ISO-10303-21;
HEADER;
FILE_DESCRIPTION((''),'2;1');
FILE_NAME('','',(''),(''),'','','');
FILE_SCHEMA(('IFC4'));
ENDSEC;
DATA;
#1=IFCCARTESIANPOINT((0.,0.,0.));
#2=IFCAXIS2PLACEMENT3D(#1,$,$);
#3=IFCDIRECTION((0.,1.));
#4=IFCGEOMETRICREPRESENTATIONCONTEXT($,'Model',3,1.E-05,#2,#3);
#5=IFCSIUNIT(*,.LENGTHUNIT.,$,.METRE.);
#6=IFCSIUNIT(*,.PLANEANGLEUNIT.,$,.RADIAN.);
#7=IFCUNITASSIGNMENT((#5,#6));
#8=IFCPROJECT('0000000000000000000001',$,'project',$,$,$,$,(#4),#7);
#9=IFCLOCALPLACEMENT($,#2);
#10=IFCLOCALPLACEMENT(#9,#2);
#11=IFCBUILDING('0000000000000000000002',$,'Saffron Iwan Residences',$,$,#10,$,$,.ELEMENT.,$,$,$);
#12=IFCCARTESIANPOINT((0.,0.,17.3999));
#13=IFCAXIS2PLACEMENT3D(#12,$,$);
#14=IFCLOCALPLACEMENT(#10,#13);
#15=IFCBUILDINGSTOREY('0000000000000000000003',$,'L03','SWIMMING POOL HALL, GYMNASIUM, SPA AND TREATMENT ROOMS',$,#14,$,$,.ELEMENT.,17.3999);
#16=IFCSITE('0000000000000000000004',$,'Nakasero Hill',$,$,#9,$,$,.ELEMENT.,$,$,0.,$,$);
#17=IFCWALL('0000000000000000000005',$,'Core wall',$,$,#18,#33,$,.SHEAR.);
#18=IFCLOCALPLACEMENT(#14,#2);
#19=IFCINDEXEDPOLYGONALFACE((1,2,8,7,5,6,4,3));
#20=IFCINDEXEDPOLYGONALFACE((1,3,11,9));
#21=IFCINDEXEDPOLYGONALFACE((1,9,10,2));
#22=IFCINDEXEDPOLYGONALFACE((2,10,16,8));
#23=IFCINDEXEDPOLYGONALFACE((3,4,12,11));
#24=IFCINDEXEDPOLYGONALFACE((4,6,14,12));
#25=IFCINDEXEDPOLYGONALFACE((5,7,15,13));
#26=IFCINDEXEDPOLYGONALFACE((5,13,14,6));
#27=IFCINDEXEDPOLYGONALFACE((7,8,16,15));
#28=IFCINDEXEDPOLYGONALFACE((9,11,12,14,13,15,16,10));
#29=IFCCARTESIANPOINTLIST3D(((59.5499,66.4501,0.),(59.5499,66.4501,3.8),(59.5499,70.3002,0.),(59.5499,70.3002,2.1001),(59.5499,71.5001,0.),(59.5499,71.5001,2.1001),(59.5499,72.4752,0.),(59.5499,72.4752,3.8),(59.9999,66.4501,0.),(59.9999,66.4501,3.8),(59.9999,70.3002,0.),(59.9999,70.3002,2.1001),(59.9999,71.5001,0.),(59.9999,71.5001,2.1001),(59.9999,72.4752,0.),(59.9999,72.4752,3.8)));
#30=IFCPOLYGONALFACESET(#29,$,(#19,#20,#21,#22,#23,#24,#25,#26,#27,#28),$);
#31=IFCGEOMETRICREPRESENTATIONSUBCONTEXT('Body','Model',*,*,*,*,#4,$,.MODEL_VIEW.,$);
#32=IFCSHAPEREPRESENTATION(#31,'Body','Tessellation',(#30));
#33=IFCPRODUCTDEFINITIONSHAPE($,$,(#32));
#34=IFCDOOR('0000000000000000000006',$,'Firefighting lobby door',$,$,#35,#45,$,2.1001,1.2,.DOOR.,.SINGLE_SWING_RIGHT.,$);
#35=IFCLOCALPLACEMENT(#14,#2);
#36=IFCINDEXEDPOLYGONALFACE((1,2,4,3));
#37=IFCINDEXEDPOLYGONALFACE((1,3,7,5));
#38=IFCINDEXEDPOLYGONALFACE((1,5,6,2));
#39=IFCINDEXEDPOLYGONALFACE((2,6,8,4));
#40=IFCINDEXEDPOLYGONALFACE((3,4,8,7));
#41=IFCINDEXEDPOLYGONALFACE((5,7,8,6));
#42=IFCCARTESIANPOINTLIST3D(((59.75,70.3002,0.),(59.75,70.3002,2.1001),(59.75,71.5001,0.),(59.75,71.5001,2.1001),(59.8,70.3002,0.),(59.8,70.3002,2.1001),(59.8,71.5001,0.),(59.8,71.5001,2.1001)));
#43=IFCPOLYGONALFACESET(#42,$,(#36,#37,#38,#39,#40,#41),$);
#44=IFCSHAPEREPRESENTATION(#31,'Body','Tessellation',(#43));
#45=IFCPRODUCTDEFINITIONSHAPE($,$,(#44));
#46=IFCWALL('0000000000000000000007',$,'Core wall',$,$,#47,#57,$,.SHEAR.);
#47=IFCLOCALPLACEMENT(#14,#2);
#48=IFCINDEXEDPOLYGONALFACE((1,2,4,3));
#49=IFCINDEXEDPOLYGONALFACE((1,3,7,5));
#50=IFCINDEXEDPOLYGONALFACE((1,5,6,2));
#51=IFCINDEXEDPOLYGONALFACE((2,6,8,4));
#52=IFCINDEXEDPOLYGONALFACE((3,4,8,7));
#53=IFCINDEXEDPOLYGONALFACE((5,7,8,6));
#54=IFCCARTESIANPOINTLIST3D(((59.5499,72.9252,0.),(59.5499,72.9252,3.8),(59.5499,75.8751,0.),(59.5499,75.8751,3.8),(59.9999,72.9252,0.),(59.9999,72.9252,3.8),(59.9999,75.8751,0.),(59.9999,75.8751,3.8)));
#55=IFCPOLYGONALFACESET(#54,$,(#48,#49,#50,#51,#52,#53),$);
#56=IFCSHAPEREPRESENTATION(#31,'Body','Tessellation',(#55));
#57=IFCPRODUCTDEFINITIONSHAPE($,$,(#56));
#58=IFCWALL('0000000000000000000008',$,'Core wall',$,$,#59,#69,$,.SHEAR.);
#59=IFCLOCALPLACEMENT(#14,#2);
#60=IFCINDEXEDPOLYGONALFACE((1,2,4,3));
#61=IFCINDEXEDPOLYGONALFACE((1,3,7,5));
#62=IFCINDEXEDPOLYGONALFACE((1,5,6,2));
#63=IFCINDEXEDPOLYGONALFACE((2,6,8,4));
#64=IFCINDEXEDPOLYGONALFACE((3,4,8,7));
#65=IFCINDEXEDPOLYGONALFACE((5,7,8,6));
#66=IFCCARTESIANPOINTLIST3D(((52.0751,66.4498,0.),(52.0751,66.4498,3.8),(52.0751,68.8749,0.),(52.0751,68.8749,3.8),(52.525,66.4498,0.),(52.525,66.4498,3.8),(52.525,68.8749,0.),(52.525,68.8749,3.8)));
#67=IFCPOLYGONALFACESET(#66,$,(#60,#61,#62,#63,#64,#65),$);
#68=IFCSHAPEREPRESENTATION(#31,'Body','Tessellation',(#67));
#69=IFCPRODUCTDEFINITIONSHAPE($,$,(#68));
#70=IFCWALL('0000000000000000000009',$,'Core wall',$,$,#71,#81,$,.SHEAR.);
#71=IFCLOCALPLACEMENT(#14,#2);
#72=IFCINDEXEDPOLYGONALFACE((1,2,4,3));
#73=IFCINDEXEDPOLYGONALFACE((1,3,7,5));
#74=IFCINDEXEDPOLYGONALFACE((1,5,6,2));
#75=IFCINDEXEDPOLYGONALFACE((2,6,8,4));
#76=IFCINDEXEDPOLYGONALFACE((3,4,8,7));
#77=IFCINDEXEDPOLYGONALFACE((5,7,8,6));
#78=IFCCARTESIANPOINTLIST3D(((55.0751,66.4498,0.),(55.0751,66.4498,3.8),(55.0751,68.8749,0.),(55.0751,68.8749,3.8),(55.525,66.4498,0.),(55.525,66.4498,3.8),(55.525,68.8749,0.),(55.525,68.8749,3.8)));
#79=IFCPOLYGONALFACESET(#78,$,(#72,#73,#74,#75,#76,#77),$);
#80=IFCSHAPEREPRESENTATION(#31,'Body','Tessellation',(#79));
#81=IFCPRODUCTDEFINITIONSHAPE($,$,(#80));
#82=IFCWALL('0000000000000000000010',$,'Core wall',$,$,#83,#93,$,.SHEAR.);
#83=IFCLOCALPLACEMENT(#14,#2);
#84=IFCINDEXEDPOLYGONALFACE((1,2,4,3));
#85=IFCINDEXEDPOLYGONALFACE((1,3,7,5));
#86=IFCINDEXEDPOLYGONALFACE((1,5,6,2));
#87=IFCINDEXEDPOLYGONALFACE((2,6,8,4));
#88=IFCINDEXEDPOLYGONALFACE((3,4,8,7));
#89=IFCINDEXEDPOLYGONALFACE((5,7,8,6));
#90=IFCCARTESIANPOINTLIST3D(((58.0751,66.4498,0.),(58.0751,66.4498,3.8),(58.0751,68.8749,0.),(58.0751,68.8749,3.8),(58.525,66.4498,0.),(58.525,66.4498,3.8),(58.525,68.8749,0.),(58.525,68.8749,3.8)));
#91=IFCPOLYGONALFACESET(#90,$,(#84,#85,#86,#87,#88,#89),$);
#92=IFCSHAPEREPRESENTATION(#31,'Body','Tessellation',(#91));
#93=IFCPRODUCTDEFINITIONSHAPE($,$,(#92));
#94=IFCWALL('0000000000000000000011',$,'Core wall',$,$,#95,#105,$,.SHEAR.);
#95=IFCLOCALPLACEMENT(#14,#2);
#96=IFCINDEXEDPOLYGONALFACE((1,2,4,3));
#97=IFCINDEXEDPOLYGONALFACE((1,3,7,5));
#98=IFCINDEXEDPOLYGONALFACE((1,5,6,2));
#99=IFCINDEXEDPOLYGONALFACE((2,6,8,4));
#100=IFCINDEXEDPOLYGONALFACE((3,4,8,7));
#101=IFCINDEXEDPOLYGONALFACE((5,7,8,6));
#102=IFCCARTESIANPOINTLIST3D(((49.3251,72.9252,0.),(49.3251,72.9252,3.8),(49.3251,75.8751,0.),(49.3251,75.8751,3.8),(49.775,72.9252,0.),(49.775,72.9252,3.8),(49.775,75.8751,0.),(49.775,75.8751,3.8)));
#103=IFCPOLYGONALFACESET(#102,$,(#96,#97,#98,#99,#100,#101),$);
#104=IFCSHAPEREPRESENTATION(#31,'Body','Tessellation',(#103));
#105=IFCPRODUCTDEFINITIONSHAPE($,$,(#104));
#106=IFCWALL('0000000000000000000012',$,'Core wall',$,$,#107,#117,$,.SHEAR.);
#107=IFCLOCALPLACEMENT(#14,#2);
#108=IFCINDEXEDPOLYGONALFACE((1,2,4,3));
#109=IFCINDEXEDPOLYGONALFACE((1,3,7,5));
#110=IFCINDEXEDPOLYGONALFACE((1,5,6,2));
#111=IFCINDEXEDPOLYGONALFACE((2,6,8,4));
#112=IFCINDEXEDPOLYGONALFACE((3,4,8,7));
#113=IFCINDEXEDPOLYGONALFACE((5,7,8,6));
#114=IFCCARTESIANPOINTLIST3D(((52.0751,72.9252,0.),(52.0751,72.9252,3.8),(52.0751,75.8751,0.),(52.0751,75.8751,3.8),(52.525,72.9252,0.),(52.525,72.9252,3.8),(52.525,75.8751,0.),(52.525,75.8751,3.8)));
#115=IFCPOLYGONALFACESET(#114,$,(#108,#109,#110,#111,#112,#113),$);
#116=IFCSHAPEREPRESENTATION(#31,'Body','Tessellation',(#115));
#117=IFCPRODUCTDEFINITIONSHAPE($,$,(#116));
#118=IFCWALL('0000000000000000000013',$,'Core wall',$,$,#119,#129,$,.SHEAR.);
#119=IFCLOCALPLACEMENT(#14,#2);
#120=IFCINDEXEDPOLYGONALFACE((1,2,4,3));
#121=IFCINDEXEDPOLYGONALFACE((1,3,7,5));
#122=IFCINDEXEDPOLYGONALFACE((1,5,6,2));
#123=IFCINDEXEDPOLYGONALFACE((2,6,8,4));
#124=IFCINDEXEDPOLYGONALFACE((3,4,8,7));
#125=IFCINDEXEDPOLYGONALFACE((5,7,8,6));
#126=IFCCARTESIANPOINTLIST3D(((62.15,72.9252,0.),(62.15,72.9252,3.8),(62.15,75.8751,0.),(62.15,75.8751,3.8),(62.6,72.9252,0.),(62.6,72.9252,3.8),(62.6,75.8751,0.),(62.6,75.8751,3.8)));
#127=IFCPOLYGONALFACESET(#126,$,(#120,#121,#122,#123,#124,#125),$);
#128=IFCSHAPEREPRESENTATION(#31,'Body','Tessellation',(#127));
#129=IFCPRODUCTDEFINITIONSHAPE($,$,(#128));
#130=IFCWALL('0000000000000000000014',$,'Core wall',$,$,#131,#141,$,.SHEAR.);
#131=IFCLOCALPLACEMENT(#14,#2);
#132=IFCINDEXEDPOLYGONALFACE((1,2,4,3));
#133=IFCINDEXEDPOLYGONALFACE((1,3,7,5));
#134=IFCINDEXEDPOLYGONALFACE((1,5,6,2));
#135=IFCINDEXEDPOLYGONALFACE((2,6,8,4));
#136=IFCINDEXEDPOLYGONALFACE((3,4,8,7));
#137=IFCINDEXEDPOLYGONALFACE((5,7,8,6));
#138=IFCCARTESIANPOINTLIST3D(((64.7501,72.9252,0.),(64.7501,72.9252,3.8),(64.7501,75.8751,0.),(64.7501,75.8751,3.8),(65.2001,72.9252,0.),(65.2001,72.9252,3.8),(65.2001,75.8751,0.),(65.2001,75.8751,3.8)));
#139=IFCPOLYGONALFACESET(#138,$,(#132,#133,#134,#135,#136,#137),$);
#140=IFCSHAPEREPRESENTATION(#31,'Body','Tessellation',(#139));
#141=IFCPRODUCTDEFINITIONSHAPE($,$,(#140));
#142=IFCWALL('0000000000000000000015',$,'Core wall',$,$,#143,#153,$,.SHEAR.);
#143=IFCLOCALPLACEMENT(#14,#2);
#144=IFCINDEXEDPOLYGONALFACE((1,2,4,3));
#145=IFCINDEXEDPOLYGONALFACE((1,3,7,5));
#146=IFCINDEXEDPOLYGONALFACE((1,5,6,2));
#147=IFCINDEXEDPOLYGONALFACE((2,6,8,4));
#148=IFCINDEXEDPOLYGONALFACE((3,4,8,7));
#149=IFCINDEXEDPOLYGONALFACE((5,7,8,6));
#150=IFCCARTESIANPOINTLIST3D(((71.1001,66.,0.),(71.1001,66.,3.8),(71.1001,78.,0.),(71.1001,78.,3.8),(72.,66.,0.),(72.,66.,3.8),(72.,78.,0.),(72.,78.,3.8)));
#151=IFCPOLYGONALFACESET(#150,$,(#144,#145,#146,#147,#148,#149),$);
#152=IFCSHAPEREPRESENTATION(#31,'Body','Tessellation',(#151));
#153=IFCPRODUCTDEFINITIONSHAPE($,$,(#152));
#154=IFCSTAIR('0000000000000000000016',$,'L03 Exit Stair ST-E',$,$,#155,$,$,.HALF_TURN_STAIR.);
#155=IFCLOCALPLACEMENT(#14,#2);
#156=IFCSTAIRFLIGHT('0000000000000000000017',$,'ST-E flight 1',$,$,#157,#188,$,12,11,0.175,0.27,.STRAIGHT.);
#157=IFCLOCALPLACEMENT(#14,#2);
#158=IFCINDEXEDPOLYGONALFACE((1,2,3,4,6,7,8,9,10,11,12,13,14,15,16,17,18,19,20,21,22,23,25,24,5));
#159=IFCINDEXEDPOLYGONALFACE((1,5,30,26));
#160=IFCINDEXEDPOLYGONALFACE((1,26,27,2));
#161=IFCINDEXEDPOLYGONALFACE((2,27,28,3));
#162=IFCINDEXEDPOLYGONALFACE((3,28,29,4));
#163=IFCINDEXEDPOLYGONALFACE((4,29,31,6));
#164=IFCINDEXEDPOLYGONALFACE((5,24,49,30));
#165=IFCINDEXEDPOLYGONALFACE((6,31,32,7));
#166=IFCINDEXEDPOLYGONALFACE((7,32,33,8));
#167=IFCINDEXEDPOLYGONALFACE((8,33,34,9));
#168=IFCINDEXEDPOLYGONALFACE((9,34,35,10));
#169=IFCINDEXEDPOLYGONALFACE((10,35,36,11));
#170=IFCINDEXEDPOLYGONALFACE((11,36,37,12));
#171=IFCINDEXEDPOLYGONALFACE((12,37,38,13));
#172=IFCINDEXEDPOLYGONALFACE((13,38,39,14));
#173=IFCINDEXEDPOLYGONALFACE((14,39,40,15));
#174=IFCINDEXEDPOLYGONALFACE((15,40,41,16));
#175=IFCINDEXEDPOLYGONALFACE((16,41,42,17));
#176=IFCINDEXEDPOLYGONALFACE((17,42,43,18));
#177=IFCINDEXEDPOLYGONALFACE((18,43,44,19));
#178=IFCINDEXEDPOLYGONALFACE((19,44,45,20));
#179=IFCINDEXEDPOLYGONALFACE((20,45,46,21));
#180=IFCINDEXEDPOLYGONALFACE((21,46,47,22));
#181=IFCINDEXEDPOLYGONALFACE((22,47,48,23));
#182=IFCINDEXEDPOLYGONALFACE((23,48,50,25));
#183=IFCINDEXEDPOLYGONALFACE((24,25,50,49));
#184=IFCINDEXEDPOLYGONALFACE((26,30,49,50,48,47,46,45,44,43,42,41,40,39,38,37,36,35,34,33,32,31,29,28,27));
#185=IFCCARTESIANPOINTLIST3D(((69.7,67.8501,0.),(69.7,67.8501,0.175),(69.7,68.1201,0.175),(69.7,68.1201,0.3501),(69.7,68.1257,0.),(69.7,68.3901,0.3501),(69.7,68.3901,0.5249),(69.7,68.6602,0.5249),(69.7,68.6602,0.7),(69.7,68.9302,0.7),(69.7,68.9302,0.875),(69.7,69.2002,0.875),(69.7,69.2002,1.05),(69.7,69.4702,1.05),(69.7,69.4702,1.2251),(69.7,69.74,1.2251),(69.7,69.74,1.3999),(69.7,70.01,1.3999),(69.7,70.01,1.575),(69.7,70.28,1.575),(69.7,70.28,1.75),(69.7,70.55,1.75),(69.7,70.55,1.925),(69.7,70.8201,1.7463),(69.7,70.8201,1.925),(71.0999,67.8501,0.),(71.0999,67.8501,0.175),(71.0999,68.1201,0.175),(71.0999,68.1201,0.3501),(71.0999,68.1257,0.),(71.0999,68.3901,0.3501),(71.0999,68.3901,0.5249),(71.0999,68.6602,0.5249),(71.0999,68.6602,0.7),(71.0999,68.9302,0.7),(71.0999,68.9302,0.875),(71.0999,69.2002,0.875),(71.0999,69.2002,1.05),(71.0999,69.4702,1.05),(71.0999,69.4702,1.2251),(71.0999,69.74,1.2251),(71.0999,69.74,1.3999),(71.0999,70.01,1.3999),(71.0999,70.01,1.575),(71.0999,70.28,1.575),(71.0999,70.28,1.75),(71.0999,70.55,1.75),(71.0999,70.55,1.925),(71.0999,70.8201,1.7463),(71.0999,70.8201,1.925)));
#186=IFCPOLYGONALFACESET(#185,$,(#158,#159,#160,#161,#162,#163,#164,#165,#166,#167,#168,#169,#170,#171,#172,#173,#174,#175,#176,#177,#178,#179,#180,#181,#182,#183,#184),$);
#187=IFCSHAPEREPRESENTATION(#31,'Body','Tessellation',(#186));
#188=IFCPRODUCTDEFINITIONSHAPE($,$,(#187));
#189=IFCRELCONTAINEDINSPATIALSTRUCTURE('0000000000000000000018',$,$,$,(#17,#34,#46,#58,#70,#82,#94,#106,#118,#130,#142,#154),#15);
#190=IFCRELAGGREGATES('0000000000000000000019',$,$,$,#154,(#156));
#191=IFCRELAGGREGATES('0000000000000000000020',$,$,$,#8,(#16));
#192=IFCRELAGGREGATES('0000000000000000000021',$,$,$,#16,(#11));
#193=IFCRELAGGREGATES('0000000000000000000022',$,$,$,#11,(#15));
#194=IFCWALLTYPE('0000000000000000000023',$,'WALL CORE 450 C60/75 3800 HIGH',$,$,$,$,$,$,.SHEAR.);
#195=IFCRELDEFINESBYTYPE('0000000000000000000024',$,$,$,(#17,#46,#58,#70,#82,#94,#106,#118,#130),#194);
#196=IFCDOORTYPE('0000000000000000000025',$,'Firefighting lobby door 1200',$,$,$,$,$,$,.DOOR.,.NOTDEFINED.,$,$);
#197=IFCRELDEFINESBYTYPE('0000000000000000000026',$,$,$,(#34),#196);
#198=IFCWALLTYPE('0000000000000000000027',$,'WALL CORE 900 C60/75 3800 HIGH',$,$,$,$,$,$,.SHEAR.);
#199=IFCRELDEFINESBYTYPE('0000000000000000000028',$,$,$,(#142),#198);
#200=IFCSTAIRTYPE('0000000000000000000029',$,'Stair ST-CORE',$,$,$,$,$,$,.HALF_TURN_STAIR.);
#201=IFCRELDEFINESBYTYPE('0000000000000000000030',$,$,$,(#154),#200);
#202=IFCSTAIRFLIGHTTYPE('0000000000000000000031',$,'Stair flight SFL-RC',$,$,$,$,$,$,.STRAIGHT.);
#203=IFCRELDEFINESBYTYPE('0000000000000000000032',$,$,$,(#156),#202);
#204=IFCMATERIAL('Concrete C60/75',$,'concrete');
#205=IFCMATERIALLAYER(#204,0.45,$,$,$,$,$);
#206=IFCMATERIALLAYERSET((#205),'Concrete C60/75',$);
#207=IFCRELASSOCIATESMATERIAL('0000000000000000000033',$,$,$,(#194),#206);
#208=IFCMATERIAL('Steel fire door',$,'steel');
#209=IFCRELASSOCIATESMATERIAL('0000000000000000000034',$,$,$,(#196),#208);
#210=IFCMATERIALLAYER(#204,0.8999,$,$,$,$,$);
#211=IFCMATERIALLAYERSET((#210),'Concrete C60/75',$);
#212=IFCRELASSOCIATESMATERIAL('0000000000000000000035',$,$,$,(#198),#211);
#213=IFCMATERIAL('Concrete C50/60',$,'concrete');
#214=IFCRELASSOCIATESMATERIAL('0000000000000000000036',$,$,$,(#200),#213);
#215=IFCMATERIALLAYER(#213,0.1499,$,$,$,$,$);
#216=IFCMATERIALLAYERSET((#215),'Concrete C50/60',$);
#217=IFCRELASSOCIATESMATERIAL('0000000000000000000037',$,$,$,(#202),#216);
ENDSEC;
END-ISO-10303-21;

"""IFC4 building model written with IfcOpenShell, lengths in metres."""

from ifc_helpers import new_model, si_unit, direction, frame, frame_2d, origin, place, context, subcontext, project, spatial, polyline, rectangle, outline, extrude, material, layer, layer_set, type_object, element, fill, aggregate, save


model = new_model("IFC4")

# Units and contexts
model_context = context("Model", 3, precision=1e-05, world=origin(), true_north=direction((0.0, 1.0)))
body_context = subcontext(model_context, "Body", "Model", "MODEL_VIEW")
ifc_project = project(units=[si_unit("LENGTHUNIT", "METRE"), si_unit("PLANEANGLEUNIT", "RADIAN")], contexts=[model_context])

# Site, building, storey
site_placement = place(None, origin())
site = spatial("IfcSite", under=ifc_project, at=site_placement, Name="Nakasero Hill", CompositionType="ELEMENT", RefElevation=0.0)
building_placement = place(site_placement, origin())
building = spatial("IfcBuilding", under=site, at=building_placement, Name="Saffron Iwan Residences", CompositionType="ELEMENT")
storey_placement = place(building_placement, frame((0.0, 0.0, 17.3999)))
storey = spatial("IfcBuildingStorey", under=building, at=storey_placement, Name="L03", Description="SWIMMING POOL HALL, GYMNASIUM, SPA AND TREATMENT ROOMS", CompositionType="ELEMENT", Elevation=17.3999)

# Shared definitions
ifc_material_1 = material(Name="Concrete C50/60", Category="concrete")

# Wall, opening, door
ifc_material_2 = material(Name="Concrete C60/75", Category="concrete")
ifc_layer_1 = layer(ifc_material_2, 0.45)
ifc_layer_set_1 = layer_set([ifc_layer_1], Name="Concrete C60/75")
wall_type_1 = type_object("IfcWallType", Name="WALL CORE 450 C60/75 3800 HIGH", PredefinedType="SHEAR", material=ifc_layer_set_1)
ifc_material_3 = material(Name="Steel fire door", Category="steel")
wall_1_placement = place(storey_placement, frame((59.7749, 66.45, 0.0), z_axis=(0.0, 0.0, 1.0), x_axis=(0.0, 1.0, 0.0)))
wall_1 = element("IfcWall", 1, at=wall_1_placement, inside=storey, type_object=wall_type_1, Name="Core wall", PredefinedType="SHEAR", context=body_context, shape_type="SweptSolid", body=[
    extrude(rectangle(XDim=6.0251, YDim=0.45, at=frame_2d((3.0127, 0.0))), origin(), (0.0, 0.0, 1.0), 3.8),
])
opening_1_placement = place(wall_1_placement, frame((3.8501, 0.0, 0.0)))
opening_1 = element("IfcOpeningElement", 2, at=opening_1_placement, cuts=wall_1, PredefinedType="OPENING", context=body_context, shape_type="SweptSolid", body=[
    extrude(rectangle(XDim=1.2, YDim=2.1001, at=frame_2d((0.6001, 1.05))), frame((0.0, 0.2349, 0.0), z_axis=(0.0, -1.0, 0.0), x_axis=(1.0, 0.0, 0.0)), (0.0, 0.0, 1.0), 0.47),
])
door_type_1 = type_object("IfcDoorType", Name="Firefighting lobby door 1200", OperationType="NOTDEFINED", PredefinedType="DOOR", material=ifc_material_3)
door_1_placement = place(opening_1_placement, origin())
door_1 = element("IfcDoor", 3, at=door_1_placement, inside=storey, type_object=door_type_1, Name="Firefighting lobby door", OperationType="SINGLE_SWING_RIGHT", OverallHeight=2.1001, OverallWidth=1.2, PredefinedType="DOOR", context=body_context, shape_type="SweptSolid", body=[
    extrude(rectangle(XDim=1.2, YDim=2.1001, at=frame_2d((0.6001, 1.05))), frame((0.0, 0.0249, 0.0), z_axis=(0.0, -1.0, 0.0), x_axis=(1.0, 0.0, 0.0)), (0.0, 0.0, 1.0), 0.05),
])
fill(opening_1, door_1)

# Walls
wall_2_placement = place(storey_placement, frame((59.7749, 72.925, 0.0), z_axis=(0.0, 0.0, 1.0), x_axis=(0.0, 1.0, 0.0)))
element("IfcWall", 4, at=wall_2_placement, inside=storey, type_object=wall_type_1, Name="Core wall", PredefinedType="SHEAR", context=body_context, shape_type="SweptSolid", body=[
    extrude(rectangle(XDim=2.95, YDim=0.45, at=frame_2d((1.4751, 0.0))), origin(), (0.0, 0.0, 1.0), 3.8),
])
for number, where, z_axis, x_axis, name in (
    (5, (52.3, 66.45, 0.0), (0.0, 0.0, 1.0), (0.0, 1.0, 0.0), "Core wall"),
    (6, (55.3, 66.45, 0.0), (0.0, 0.0, 1.0), (0.0, 1.0, 0.0), "Core wall"),
    (7, (58.3, 66.45, 0.0), (0.0, 0.0, 1.0), (0.0, 1.0, 0.0), "Core wall"),
):
    element("IfcWall", number, at=place(storey_placement, frame(where, z_axis=z_axis, x_axis=x_axis)), inside=storey, type_object=wall_type_1, Name=name, PredefinedType="SHEAR", context=body_context, shape_type="SweptSolid", body=[
        extrude(rectangle(XDim=2.425, YDim=0.45, at=frame_2d((1.2124, 0.0))), origin(), (0.0, 0.0, 1.0), 3.8),
    ])
for number, where, z_axis, x_axis, name in (
    (8, (49.55, 72.925, 0.0), (0.0, 0.0, 1.0), (0.0, 1.0, 0.0), "Core wall"),
    (9, (52.3, 72.925, 0.0), (0.0, 0.0, 1.0), (0.0, 1.0, 0.0), "Core wall"),
    (10, (62.375, 72.925, 0.0), (0.0, 0.0, 1.0), (0.0, 1.0, 0.0), "Core wall"),
    (11, (64.9751, 72.925, 0.0), (0.0, 0.0, 1.0), (0.0, 1.0, 0.0), "Core wall"),
):
    element("IfcWall", number, at=place(storey_placement, frame(where, z_axis=z_axis, x_axis=x_axis)), inside=storey, type_object=wall_type_1, Name=name, PredefinedType="SHEAR", context=body_context, shape_type="SweptSolid", body=[
        extrude(rectangle(XDim=2.95, YDim=0.45, at=frame_2d((1.4751, 0.0))), origin(), (0.0, 0.0, 1.0), 3.8),
    ])
ifc_layer_2 = layer(ifc_material_2, 0.8999)
ifc_layer_set_2 = layer_set([ifc_layer_2], Name="Concrete C60/75")
wall_type_2 = type_object("IfcWallType", Name="WALL CORE 900 C60/75 3800 HIGH", PredefinedType="SHEAR", material=ifc_layer_set_2)
wall_3_placement = place(storey_placement, frame((71.55, 66.0, 0.0), z_axis=(0.0, 0.0, 1.0), x_axis=(0.0, 1.0, 0.0)))
element("IfcWall", 12, at=wall_3_placement, inside=storey, type_object=wall_type_2, Name="Core wall", PredefinedType="SHEAR", context=body_context, shape_type="SweptSolid", body=[
    extrude(rectangle(XDim=12.0, YDim=0.8999, at=frame_2d((6.0, 0.0))), origin(), (0.0, 0.0, 1.0), 3.8),
])

# Stair, stair flight
stair_type = type_object("IfcStairType", Name="Stair ST-CORE", PredefinedType="HALF_TURN_STAIR", material=ifc_material_1)
stair_placement = place(storey_placement, origin())
stair = element("IfcStair", 13, at=stair_placement, inside=storey, type_object=stair_type, Name="L03 Exit Stair ST-E", PredefinedType="HALF_TURN_STAIR")
ifc_layer_3 = layer(ifc_material_1, 0.1499)
ifc_layer_set_3 = layer_set([ifc_layer_3], Name="Concrete C50/60")
stair_flight_type = type_object("IfcStairFlightType", Name="Stair flight SFL-RC", PredefinedType="STRAIGHT", material=ifc_layer_set_3)
stair_flight_1_placement = place(storey_placement, frame((70.3999, 67.8501, 0.0), z_axis=(0.0, 0.0, 1.0), x_axis=(0.0, 1.0, 0.0)))
stair_flight_1 = element("IfcStairFlight", 14, at=stair_flight_1_placement, type_object=stair_flight_type, Name="ST-E flight 1", NumberOfRisers=12, NumberOfTreads=11, PredefinedType="STRAIGHT", RiserHeight=0.175, TreadLength=0.27, context=body_context, shape_type="SweptSolid", body=[
    extrude(outline(polyline([(0.0, 0.0), (0.0, 0.175), (0.27, 0.175), (0.27, 0.3501), (0.54, 0.3501), (0.54, 0.5249), (0.8101, 0.5249), (0.8101, 0.7), (1.0801, 0.7), (1.0801, 0.875), (1.3501, 0.875), (1.3501, 1.05), (1.6201, 1.05), (1.6201, 1.2251), (1.8899, 1.2251), (1.8899, 1.3999), (2.1599, 1.3999), (2.1599, 1.575), (2.4299, 1.575), (2.4299, 1.75), (2.7, 1.75), (2.7, 1.925), (2.97, 1.925), (2.97, 2.1001), (2.97, 1.7463), (0.2756, 0.0), (0.0, 0.0)])), frame((0.0, 0.7, 0.0), z_axis=(0.0, -1.0, 0.0), x_axis=(1.0, 0.0, 0.0)), (0.0, 0.0, 1.0), 1.3999),
])
aggregate(stair, [stair_flight_1])

save(model, "model.ifc")
